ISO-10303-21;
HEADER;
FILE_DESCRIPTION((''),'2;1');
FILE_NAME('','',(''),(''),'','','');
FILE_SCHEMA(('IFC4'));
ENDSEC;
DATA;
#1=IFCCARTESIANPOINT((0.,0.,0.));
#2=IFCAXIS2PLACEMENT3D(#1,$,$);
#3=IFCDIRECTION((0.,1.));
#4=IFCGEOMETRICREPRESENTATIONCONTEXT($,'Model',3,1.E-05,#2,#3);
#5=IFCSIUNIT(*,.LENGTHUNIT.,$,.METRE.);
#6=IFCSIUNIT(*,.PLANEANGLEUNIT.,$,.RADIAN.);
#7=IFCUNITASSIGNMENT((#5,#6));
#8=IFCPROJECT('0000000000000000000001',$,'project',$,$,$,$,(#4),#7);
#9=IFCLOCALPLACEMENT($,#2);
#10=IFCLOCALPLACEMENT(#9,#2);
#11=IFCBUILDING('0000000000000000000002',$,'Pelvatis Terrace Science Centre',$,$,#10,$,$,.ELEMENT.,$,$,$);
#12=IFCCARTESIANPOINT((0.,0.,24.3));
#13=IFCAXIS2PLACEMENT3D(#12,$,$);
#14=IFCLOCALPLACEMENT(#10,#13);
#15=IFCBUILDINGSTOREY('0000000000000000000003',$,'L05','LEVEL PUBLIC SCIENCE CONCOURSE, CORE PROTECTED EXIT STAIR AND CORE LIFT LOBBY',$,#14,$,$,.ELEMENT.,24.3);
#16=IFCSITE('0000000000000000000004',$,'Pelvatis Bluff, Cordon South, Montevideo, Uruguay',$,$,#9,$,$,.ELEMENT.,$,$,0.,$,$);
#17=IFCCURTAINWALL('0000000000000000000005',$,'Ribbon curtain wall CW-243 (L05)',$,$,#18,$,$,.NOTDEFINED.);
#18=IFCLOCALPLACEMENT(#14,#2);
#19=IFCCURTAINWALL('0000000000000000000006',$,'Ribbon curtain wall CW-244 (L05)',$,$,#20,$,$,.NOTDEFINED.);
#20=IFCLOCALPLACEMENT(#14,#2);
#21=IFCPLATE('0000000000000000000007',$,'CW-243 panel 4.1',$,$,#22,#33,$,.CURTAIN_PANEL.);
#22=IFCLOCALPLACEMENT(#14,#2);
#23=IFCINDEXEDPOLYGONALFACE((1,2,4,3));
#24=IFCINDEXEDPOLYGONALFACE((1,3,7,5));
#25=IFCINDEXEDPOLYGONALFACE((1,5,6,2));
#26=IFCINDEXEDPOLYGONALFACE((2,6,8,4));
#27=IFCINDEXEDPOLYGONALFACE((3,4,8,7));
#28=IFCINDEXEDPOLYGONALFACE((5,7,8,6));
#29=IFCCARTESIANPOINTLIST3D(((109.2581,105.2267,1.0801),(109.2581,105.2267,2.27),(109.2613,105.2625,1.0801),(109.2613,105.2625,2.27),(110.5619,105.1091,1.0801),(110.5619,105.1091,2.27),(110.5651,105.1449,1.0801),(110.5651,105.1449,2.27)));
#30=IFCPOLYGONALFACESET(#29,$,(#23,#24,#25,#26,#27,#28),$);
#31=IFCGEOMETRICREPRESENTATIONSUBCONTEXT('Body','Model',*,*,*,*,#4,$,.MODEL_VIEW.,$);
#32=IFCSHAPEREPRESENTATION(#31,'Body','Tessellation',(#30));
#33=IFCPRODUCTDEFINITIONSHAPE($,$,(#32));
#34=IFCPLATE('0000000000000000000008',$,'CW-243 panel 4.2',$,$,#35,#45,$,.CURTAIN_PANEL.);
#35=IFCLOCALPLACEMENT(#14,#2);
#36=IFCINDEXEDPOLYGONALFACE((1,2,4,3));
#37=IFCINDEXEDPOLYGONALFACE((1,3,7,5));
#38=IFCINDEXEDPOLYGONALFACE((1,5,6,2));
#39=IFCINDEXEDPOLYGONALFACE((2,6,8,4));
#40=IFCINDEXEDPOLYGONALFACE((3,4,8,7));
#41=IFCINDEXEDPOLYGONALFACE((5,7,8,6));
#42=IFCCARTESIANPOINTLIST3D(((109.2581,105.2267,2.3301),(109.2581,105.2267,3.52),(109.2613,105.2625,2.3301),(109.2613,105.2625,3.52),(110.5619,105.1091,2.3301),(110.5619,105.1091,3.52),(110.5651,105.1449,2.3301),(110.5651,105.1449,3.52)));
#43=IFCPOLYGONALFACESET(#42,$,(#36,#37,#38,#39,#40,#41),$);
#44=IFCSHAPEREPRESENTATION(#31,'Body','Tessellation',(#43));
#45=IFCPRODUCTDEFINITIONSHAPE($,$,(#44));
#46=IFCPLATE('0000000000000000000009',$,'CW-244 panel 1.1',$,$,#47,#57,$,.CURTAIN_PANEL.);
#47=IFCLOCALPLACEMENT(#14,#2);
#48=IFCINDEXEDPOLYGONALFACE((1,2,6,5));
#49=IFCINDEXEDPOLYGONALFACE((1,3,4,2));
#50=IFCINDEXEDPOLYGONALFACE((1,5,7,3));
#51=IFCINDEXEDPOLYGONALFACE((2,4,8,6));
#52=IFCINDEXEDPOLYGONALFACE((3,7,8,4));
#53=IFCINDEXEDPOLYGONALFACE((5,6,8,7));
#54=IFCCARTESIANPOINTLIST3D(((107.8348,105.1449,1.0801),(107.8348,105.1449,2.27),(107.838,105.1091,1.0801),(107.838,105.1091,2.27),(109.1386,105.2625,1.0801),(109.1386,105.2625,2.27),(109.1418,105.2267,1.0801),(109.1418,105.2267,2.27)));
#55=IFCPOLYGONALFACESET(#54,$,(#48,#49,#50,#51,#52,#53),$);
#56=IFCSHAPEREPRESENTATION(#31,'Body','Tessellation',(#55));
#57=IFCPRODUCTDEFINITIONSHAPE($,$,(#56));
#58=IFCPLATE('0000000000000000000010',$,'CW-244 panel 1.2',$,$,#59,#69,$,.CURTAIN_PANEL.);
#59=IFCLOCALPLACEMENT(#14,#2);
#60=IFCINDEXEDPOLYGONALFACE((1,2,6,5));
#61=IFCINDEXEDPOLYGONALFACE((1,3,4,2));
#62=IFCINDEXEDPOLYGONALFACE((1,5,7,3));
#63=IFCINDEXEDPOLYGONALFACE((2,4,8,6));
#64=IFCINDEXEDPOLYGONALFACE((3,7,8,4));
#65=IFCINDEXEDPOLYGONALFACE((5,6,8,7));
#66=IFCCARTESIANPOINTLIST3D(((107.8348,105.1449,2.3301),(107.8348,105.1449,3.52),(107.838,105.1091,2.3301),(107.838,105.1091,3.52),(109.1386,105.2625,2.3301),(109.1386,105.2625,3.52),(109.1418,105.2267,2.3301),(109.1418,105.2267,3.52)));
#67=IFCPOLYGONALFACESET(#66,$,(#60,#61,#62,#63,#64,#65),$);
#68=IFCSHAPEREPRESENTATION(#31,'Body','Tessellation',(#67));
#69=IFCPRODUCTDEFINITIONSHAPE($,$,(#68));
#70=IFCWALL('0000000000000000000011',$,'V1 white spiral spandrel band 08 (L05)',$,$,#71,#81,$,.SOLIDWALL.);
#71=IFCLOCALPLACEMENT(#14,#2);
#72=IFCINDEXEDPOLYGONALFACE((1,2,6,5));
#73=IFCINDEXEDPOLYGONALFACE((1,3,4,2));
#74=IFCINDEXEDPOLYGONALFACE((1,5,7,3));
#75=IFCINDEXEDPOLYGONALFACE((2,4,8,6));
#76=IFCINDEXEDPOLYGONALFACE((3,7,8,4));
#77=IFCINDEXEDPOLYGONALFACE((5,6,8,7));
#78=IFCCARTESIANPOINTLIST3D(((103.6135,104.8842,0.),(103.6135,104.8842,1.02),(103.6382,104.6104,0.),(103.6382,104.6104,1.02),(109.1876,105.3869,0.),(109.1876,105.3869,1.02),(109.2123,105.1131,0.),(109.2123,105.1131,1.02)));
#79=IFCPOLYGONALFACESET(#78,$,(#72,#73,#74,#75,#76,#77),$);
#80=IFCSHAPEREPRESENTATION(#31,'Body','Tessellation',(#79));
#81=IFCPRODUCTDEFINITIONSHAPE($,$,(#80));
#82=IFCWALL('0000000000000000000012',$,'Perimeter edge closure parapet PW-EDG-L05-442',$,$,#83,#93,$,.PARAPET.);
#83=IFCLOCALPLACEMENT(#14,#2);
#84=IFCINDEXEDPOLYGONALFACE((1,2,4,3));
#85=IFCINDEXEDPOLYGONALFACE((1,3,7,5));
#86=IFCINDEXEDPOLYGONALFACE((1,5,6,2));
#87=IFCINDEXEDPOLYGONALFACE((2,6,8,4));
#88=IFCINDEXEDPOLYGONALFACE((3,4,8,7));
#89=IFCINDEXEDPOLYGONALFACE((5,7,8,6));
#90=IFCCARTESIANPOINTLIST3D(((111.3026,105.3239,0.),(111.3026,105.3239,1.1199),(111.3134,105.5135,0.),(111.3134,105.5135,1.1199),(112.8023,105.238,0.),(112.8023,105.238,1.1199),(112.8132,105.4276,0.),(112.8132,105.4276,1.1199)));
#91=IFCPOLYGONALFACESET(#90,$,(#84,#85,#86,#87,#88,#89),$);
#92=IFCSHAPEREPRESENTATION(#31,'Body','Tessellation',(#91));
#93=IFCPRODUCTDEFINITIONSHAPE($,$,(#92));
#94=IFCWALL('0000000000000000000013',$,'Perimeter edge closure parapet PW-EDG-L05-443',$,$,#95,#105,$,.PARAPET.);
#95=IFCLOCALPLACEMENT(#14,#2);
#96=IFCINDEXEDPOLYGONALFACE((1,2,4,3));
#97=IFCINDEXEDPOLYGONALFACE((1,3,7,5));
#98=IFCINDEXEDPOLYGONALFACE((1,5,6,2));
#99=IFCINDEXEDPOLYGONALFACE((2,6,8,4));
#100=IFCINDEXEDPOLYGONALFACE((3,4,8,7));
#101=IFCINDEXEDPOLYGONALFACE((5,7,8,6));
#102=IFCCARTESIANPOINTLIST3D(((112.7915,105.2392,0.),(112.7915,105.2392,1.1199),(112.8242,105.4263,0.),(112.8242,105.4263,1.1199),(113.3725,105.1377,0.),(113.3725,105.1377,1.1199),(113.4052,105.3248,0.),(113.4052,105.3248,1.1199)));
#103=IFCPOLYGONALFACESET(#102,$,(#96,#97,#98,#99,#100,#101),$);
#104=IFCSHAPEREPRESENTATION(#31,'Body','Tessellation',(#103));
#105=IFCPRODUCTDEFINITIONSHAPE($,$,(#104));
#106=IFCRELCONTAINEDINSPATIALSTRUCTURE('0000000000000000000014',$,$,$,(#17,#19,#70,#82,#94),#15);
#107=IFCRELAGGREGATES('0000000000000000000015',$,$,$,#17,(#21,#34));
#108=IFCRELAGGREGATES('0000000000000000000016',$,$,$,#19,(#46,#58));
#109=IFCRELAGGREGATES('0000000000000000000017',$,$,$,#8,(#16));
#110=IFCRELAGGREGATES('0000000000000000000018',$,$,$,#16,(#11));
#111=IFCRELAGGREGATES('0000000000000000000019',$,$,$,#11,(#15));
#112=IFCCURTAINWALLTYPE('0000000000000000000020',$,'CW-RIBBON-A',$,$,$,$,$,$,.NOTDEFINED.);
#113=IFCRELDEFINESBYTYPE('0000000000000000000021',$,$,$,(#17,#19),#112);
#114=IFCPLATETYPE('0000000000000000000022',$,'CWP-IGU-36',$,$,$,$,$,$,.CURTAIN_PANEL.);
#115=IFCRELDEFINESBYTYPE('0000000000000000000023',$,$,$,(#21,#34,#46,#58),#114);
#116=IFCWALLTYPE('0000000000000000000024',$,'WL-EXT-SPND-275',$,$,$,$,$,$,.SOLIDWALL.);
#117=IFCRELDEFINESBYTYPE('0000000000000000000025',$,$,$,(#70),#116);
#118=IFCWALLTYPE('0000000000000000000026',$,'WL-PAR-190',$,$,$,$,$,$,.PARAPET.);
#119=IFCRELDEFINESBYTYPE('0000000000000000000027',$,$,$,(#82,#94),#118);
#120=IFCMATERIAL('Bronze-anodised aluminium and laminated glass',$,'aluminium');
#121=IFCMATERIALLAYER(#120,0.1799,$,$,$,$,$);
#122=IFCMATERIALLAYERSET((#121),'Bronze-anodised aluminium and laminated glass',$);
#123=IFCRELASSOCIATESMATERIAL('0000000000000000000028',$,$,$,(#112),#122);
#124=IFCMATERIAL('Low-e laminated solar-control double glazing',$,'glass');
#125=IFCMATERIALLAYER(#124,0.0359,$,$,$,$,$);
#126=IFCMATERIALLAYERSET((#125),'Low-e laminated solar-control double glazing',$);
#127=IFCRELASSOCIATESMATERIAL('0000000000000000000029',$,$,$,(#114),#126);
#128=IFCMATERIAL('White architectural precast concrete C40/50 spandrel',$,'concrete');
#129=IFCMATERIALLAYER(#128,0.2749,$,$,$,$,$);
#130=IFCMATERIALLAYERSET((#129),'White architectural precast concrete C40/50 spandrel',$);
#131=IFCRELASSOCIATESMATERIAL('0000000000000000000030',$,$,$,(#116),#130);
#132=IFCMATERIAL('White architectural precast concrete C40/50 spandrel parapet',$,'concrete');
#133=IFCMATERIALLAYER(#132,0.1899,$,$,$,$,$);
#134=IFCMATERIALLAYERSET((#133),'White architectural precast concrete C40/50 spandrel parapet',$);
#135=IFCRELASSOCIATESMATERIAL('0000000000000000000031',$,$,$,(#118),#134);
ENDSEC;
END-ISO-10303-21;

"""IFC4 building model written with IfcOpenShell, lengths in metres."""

from ifc_helpers import new_model, si_unit, direction, frame, frame_2d, origin, origin_2d, place, context, subcontext, project, spatial, rectangle, extrude, material, layer, layer_set, type_object, element, aggregate, save


model = new_model("IFC4")

# Units and contexts
model_context = context("Model", 3, precision=1e-05, world=origin(), true_north=direction((0.0, 1.0)))
body_context = subcontext(model_context, "Body", "Model", "MODEL_VIEW")
ifc_project = project(units=[si_unit("LENGTHUNIT", "METRE"), si_unit("PLANEANGLEUNIT", "RADIAN")], contexts=[model_context])

# Site, building, storey
site_placement = place(None, origin())
site = spatial("IfcSite", under=ifc_project, at=site_placement, Name="Pelvatis Bluff, Cordon South, Montevideo, Uruguay", CompositionType="ELEMENT", RefElevation=0.0)
building_placement = place(site_placement, origin())
building = spatial("IfcBuilding", under=site, at=building_placement, Name="Pelvatis Terrace Science Centre", CompositionType="ELEMENT")
storey_placement = place(building_placement, frame((0.0, 0.0, 24.3)))
storey = spatial("IfcBuildingStorey", under=building, at=storey_placement, Name="L05", Description="LEVEL PUBLIC SCIENCE CONCOURSE, CORE PROTECTED EXIT STAIR AND CORE LIFT LOBBY", CompositionType="ELEMENT", Elevation=24.3)

# Curtain wall
ifc_material_1 = material(Name="Bronze-anodised aluminium and laminated glass", Category="aluminium")
ifc_layer_1 = layer(ifc_material_1, 0.1799)
ifc_layer_set_1 = layer_set([ifc_layer_1], Name="Bronze-anodised aluminium and laminated glass")
curtain_wall_type = type_object("IfcCurtainWallType", Name="CW-RIBBON-A", PredefinedType="NOTDEFINED", material=ifc_layer_set_1)
curtain_wall_1_placement = place(storey_placement, origin())
curtain_wall_1 = element("IfcCurtainWall", 1, at=curtain_wall_1_placement, inside=storey, type_object=curtain_wall_type, Name="Ribbon curtain wall CW-243 (L05)", PredefinedType="NOTDEFINED")

# Curtain wall
curtain_wall_2_placement = place(storey_placement, origin())
curtain_wall_2 = element("IfcCurtainWall", 2, at=curtain_wall_2_placement, inside=storey, type_object=curtain_wall_type, Name="Ribbon curtain wall CW-244 (L05)", PredefinedType="NOTDEFINED")

# Plates
ifc_material_2 = material(Name="Low-e laminated solar-control double glazing", Category="glass")
ifc_layer_2 = layer(ifc_material_2, 0.0359)
ifc_layer_set_2 = layer_set([ifc_layer_2], Name="Low-e laminated solar-control double glazing")
plate_type = type_object("IfcPlateType", Name="CWP-IGU-36", PredefinedType="CURTAIN_PANEL", material=ifc_layer_set_2)
plate_1_placement = place(storey_placement, frame((109.9116, 105.1858, 1.0801), z_axis=(0.0, 0.0, 1.0), x_axis=(-0.995958, 0.08982, 0.0)))
plate_1 = element("IfcPlate", 3, at=plate_1_placement, type_object=plate_type, Name="CW-243 panel 4.1", PredefinedType="CURTAIN_PANEL", context=body_context, shape_type="SweptSolid", body=[
    extrude(rectangle(XDim=1.3091, YDim=0.0359, at=origin_2d()), origin(), (0.0, 0.0, 1.0), 1.1899),
])
plate_2_placement = place(storey_placement, frame((109.9116, 105.1858, 2.3301), z_axis=(0.0, 0.0, 1.0), x_axis=(-0.995958, 0.08982, 0.0)))
plate_2 = element("IfcPlate", 4, at=plate_2_placement, type_object=plate_type, Name="CW-243 panel 4.2", PredefinedType="CURTAIN_PANEL", context=body_context, shape_type="SweptSolid", body=[
    extrude(rectangle(XDim=1.3091, YDim=0.0359, at=origin_2d()), origin(), (0.0, 0.0, 1.0), 1.1899),
])
aggregate(curtain_wall_1, [plate_1, plate_2])
plate_3_placement = place(storey_placement, frame((108.4883, 105.1858, 1.0801), z_axis=(0.0, 0.0, 1.0), x_axis=(-0.995958, -0.08982, 0.0)))
plate_3 = element("IfcPlate", 5, at=plate_3_placement, type_object=plate_type, Name="CW-244 panel 1.1", PredefinedType="CURTAIN_PANEL", context=body_context, shape_type="SweptSolid", body=[
    extrude(rectangle(XDim=1.3091, YDim=0.0359, at=origin_2d()), origin(), (0.0, 0.0, 1.0), 1.1899),
])
plate_4_placement = place(storey_placement, frame((108.4883, 105.1858, 2.3301), z_axis=(0.0, 0.0, 1.0), x_axis=(-0.995958, -0.08982, 0.0)))
plate_4 = element("IfcPlate", 6, at=plate_4_placement, type_object=plate_type, Name="CW-244 panel 1.2", PredefinedType="CURTAIN_PANEL", context=body_context, shape_type="SweptSolid", body=[
    extrude(rectangle(XDim=1.3091, YDim=0.0359, at=origin_2d()), origin(), (0.0, 0.0, 1.0), 1.1899),
])
aggregate(curtain_wall_2, [plate_3, plate_4])

# Walls
ifc_material_3 = material(Name="White architectural precast concrete C40/50 spandrel", Category="concrete")
ifc_layer_3 = layer(ifc_material_3, 0.2749)
ifc_layer_set_3 = layer_set([ifc_layer_3], Name="White architectural precast concrete C40/50 spandrel")
wall_type_1 = type_object("IfcWallType", Name="WL-EXT-SPND-275", PredefinedType="SOLIDWALL", material=ifc_layer_set_3)
wall_1_placement = place(storey_placement, frame((109.2, 105.25, 0.0), z_axis=(0.0, 0.0, 1.0), x_axis=(-0.995958, -0.08982, 0.0)))
element("IfcWall", 7, at=wall_1_placement, inside=storey, type_object=wall_type_1, Name="V1 white spiral spandrel band 08 (L05)", PredefinedType="SOLIDWALL", context=body_context, shape_type="SweptSolid", body=[
    extrude(rectangle(XDim=5.5967, YDim=0.2749, at=frame_2d((2.7983, 0.0))), origin(), (0.0, 0.0, 1.0), 1.02),
])
ifc_material_4 = material(Name="White architectural precast concrete C40/50 spandrel parapet", Category="concrete")
ifc_layer_4 = layer(ifc_material_4, 0.1899)
ifc_layer_set_4 = layer_set([ifc_layer_4], Name="White architectural precast concrete C40/50 spandrel parapet")
wall_type_2 = type_object("IfcWallType", Name="WL-PAR-190", PredefinedType="PARAPET", material=ifc_layer_set_4)
wall_2_placement = place(storey_placement, frame((111.3081, 105.4187, 0.0), z_axis=(0.0, 0.0, 1.0), x_axis=(0.998362, -0.057207, 0.0)))
element("IfcWall", 8, at=wall_2_placement, inside=storey, type_object=wall_type_2, Name="Perimeter edge closure parapet PW-EDG-L05-442", PredefinedType="PARAPET", context=body_context, shape_type="SweptSolid", body=[
    extrude(rectangle(XDim=1.5022, YDim=0.1899, at=frame_2d((0.751, 0.0))), origin(), (0.0, 0.0, 1.0), 1.1199),
])
wall_3_placement = place(storey_placement, frame((112.8079, 105.3328, 0.0), z_axis=(0.0, 0.0, 1.0), x_axis=(0.985066, -0.17218, 0.0)))
element("IfcWall", 9, at=wall_3_placement, inside=storey, type_object=wall_type_2, Name="Perimeter edge closure parapet PW-EDG-L05-443", PredefinedType="PARAPET", context=body_context, shape_type="SweptSolid", body=[
    extrude(rectangle(XDim=0.5898, YDim=0.1899, at=frame_2d((0.2949, 0.0))), origin(), (0.0, 0.0, 1.0), 1.1199),
])

save(model, "model.ifc")
